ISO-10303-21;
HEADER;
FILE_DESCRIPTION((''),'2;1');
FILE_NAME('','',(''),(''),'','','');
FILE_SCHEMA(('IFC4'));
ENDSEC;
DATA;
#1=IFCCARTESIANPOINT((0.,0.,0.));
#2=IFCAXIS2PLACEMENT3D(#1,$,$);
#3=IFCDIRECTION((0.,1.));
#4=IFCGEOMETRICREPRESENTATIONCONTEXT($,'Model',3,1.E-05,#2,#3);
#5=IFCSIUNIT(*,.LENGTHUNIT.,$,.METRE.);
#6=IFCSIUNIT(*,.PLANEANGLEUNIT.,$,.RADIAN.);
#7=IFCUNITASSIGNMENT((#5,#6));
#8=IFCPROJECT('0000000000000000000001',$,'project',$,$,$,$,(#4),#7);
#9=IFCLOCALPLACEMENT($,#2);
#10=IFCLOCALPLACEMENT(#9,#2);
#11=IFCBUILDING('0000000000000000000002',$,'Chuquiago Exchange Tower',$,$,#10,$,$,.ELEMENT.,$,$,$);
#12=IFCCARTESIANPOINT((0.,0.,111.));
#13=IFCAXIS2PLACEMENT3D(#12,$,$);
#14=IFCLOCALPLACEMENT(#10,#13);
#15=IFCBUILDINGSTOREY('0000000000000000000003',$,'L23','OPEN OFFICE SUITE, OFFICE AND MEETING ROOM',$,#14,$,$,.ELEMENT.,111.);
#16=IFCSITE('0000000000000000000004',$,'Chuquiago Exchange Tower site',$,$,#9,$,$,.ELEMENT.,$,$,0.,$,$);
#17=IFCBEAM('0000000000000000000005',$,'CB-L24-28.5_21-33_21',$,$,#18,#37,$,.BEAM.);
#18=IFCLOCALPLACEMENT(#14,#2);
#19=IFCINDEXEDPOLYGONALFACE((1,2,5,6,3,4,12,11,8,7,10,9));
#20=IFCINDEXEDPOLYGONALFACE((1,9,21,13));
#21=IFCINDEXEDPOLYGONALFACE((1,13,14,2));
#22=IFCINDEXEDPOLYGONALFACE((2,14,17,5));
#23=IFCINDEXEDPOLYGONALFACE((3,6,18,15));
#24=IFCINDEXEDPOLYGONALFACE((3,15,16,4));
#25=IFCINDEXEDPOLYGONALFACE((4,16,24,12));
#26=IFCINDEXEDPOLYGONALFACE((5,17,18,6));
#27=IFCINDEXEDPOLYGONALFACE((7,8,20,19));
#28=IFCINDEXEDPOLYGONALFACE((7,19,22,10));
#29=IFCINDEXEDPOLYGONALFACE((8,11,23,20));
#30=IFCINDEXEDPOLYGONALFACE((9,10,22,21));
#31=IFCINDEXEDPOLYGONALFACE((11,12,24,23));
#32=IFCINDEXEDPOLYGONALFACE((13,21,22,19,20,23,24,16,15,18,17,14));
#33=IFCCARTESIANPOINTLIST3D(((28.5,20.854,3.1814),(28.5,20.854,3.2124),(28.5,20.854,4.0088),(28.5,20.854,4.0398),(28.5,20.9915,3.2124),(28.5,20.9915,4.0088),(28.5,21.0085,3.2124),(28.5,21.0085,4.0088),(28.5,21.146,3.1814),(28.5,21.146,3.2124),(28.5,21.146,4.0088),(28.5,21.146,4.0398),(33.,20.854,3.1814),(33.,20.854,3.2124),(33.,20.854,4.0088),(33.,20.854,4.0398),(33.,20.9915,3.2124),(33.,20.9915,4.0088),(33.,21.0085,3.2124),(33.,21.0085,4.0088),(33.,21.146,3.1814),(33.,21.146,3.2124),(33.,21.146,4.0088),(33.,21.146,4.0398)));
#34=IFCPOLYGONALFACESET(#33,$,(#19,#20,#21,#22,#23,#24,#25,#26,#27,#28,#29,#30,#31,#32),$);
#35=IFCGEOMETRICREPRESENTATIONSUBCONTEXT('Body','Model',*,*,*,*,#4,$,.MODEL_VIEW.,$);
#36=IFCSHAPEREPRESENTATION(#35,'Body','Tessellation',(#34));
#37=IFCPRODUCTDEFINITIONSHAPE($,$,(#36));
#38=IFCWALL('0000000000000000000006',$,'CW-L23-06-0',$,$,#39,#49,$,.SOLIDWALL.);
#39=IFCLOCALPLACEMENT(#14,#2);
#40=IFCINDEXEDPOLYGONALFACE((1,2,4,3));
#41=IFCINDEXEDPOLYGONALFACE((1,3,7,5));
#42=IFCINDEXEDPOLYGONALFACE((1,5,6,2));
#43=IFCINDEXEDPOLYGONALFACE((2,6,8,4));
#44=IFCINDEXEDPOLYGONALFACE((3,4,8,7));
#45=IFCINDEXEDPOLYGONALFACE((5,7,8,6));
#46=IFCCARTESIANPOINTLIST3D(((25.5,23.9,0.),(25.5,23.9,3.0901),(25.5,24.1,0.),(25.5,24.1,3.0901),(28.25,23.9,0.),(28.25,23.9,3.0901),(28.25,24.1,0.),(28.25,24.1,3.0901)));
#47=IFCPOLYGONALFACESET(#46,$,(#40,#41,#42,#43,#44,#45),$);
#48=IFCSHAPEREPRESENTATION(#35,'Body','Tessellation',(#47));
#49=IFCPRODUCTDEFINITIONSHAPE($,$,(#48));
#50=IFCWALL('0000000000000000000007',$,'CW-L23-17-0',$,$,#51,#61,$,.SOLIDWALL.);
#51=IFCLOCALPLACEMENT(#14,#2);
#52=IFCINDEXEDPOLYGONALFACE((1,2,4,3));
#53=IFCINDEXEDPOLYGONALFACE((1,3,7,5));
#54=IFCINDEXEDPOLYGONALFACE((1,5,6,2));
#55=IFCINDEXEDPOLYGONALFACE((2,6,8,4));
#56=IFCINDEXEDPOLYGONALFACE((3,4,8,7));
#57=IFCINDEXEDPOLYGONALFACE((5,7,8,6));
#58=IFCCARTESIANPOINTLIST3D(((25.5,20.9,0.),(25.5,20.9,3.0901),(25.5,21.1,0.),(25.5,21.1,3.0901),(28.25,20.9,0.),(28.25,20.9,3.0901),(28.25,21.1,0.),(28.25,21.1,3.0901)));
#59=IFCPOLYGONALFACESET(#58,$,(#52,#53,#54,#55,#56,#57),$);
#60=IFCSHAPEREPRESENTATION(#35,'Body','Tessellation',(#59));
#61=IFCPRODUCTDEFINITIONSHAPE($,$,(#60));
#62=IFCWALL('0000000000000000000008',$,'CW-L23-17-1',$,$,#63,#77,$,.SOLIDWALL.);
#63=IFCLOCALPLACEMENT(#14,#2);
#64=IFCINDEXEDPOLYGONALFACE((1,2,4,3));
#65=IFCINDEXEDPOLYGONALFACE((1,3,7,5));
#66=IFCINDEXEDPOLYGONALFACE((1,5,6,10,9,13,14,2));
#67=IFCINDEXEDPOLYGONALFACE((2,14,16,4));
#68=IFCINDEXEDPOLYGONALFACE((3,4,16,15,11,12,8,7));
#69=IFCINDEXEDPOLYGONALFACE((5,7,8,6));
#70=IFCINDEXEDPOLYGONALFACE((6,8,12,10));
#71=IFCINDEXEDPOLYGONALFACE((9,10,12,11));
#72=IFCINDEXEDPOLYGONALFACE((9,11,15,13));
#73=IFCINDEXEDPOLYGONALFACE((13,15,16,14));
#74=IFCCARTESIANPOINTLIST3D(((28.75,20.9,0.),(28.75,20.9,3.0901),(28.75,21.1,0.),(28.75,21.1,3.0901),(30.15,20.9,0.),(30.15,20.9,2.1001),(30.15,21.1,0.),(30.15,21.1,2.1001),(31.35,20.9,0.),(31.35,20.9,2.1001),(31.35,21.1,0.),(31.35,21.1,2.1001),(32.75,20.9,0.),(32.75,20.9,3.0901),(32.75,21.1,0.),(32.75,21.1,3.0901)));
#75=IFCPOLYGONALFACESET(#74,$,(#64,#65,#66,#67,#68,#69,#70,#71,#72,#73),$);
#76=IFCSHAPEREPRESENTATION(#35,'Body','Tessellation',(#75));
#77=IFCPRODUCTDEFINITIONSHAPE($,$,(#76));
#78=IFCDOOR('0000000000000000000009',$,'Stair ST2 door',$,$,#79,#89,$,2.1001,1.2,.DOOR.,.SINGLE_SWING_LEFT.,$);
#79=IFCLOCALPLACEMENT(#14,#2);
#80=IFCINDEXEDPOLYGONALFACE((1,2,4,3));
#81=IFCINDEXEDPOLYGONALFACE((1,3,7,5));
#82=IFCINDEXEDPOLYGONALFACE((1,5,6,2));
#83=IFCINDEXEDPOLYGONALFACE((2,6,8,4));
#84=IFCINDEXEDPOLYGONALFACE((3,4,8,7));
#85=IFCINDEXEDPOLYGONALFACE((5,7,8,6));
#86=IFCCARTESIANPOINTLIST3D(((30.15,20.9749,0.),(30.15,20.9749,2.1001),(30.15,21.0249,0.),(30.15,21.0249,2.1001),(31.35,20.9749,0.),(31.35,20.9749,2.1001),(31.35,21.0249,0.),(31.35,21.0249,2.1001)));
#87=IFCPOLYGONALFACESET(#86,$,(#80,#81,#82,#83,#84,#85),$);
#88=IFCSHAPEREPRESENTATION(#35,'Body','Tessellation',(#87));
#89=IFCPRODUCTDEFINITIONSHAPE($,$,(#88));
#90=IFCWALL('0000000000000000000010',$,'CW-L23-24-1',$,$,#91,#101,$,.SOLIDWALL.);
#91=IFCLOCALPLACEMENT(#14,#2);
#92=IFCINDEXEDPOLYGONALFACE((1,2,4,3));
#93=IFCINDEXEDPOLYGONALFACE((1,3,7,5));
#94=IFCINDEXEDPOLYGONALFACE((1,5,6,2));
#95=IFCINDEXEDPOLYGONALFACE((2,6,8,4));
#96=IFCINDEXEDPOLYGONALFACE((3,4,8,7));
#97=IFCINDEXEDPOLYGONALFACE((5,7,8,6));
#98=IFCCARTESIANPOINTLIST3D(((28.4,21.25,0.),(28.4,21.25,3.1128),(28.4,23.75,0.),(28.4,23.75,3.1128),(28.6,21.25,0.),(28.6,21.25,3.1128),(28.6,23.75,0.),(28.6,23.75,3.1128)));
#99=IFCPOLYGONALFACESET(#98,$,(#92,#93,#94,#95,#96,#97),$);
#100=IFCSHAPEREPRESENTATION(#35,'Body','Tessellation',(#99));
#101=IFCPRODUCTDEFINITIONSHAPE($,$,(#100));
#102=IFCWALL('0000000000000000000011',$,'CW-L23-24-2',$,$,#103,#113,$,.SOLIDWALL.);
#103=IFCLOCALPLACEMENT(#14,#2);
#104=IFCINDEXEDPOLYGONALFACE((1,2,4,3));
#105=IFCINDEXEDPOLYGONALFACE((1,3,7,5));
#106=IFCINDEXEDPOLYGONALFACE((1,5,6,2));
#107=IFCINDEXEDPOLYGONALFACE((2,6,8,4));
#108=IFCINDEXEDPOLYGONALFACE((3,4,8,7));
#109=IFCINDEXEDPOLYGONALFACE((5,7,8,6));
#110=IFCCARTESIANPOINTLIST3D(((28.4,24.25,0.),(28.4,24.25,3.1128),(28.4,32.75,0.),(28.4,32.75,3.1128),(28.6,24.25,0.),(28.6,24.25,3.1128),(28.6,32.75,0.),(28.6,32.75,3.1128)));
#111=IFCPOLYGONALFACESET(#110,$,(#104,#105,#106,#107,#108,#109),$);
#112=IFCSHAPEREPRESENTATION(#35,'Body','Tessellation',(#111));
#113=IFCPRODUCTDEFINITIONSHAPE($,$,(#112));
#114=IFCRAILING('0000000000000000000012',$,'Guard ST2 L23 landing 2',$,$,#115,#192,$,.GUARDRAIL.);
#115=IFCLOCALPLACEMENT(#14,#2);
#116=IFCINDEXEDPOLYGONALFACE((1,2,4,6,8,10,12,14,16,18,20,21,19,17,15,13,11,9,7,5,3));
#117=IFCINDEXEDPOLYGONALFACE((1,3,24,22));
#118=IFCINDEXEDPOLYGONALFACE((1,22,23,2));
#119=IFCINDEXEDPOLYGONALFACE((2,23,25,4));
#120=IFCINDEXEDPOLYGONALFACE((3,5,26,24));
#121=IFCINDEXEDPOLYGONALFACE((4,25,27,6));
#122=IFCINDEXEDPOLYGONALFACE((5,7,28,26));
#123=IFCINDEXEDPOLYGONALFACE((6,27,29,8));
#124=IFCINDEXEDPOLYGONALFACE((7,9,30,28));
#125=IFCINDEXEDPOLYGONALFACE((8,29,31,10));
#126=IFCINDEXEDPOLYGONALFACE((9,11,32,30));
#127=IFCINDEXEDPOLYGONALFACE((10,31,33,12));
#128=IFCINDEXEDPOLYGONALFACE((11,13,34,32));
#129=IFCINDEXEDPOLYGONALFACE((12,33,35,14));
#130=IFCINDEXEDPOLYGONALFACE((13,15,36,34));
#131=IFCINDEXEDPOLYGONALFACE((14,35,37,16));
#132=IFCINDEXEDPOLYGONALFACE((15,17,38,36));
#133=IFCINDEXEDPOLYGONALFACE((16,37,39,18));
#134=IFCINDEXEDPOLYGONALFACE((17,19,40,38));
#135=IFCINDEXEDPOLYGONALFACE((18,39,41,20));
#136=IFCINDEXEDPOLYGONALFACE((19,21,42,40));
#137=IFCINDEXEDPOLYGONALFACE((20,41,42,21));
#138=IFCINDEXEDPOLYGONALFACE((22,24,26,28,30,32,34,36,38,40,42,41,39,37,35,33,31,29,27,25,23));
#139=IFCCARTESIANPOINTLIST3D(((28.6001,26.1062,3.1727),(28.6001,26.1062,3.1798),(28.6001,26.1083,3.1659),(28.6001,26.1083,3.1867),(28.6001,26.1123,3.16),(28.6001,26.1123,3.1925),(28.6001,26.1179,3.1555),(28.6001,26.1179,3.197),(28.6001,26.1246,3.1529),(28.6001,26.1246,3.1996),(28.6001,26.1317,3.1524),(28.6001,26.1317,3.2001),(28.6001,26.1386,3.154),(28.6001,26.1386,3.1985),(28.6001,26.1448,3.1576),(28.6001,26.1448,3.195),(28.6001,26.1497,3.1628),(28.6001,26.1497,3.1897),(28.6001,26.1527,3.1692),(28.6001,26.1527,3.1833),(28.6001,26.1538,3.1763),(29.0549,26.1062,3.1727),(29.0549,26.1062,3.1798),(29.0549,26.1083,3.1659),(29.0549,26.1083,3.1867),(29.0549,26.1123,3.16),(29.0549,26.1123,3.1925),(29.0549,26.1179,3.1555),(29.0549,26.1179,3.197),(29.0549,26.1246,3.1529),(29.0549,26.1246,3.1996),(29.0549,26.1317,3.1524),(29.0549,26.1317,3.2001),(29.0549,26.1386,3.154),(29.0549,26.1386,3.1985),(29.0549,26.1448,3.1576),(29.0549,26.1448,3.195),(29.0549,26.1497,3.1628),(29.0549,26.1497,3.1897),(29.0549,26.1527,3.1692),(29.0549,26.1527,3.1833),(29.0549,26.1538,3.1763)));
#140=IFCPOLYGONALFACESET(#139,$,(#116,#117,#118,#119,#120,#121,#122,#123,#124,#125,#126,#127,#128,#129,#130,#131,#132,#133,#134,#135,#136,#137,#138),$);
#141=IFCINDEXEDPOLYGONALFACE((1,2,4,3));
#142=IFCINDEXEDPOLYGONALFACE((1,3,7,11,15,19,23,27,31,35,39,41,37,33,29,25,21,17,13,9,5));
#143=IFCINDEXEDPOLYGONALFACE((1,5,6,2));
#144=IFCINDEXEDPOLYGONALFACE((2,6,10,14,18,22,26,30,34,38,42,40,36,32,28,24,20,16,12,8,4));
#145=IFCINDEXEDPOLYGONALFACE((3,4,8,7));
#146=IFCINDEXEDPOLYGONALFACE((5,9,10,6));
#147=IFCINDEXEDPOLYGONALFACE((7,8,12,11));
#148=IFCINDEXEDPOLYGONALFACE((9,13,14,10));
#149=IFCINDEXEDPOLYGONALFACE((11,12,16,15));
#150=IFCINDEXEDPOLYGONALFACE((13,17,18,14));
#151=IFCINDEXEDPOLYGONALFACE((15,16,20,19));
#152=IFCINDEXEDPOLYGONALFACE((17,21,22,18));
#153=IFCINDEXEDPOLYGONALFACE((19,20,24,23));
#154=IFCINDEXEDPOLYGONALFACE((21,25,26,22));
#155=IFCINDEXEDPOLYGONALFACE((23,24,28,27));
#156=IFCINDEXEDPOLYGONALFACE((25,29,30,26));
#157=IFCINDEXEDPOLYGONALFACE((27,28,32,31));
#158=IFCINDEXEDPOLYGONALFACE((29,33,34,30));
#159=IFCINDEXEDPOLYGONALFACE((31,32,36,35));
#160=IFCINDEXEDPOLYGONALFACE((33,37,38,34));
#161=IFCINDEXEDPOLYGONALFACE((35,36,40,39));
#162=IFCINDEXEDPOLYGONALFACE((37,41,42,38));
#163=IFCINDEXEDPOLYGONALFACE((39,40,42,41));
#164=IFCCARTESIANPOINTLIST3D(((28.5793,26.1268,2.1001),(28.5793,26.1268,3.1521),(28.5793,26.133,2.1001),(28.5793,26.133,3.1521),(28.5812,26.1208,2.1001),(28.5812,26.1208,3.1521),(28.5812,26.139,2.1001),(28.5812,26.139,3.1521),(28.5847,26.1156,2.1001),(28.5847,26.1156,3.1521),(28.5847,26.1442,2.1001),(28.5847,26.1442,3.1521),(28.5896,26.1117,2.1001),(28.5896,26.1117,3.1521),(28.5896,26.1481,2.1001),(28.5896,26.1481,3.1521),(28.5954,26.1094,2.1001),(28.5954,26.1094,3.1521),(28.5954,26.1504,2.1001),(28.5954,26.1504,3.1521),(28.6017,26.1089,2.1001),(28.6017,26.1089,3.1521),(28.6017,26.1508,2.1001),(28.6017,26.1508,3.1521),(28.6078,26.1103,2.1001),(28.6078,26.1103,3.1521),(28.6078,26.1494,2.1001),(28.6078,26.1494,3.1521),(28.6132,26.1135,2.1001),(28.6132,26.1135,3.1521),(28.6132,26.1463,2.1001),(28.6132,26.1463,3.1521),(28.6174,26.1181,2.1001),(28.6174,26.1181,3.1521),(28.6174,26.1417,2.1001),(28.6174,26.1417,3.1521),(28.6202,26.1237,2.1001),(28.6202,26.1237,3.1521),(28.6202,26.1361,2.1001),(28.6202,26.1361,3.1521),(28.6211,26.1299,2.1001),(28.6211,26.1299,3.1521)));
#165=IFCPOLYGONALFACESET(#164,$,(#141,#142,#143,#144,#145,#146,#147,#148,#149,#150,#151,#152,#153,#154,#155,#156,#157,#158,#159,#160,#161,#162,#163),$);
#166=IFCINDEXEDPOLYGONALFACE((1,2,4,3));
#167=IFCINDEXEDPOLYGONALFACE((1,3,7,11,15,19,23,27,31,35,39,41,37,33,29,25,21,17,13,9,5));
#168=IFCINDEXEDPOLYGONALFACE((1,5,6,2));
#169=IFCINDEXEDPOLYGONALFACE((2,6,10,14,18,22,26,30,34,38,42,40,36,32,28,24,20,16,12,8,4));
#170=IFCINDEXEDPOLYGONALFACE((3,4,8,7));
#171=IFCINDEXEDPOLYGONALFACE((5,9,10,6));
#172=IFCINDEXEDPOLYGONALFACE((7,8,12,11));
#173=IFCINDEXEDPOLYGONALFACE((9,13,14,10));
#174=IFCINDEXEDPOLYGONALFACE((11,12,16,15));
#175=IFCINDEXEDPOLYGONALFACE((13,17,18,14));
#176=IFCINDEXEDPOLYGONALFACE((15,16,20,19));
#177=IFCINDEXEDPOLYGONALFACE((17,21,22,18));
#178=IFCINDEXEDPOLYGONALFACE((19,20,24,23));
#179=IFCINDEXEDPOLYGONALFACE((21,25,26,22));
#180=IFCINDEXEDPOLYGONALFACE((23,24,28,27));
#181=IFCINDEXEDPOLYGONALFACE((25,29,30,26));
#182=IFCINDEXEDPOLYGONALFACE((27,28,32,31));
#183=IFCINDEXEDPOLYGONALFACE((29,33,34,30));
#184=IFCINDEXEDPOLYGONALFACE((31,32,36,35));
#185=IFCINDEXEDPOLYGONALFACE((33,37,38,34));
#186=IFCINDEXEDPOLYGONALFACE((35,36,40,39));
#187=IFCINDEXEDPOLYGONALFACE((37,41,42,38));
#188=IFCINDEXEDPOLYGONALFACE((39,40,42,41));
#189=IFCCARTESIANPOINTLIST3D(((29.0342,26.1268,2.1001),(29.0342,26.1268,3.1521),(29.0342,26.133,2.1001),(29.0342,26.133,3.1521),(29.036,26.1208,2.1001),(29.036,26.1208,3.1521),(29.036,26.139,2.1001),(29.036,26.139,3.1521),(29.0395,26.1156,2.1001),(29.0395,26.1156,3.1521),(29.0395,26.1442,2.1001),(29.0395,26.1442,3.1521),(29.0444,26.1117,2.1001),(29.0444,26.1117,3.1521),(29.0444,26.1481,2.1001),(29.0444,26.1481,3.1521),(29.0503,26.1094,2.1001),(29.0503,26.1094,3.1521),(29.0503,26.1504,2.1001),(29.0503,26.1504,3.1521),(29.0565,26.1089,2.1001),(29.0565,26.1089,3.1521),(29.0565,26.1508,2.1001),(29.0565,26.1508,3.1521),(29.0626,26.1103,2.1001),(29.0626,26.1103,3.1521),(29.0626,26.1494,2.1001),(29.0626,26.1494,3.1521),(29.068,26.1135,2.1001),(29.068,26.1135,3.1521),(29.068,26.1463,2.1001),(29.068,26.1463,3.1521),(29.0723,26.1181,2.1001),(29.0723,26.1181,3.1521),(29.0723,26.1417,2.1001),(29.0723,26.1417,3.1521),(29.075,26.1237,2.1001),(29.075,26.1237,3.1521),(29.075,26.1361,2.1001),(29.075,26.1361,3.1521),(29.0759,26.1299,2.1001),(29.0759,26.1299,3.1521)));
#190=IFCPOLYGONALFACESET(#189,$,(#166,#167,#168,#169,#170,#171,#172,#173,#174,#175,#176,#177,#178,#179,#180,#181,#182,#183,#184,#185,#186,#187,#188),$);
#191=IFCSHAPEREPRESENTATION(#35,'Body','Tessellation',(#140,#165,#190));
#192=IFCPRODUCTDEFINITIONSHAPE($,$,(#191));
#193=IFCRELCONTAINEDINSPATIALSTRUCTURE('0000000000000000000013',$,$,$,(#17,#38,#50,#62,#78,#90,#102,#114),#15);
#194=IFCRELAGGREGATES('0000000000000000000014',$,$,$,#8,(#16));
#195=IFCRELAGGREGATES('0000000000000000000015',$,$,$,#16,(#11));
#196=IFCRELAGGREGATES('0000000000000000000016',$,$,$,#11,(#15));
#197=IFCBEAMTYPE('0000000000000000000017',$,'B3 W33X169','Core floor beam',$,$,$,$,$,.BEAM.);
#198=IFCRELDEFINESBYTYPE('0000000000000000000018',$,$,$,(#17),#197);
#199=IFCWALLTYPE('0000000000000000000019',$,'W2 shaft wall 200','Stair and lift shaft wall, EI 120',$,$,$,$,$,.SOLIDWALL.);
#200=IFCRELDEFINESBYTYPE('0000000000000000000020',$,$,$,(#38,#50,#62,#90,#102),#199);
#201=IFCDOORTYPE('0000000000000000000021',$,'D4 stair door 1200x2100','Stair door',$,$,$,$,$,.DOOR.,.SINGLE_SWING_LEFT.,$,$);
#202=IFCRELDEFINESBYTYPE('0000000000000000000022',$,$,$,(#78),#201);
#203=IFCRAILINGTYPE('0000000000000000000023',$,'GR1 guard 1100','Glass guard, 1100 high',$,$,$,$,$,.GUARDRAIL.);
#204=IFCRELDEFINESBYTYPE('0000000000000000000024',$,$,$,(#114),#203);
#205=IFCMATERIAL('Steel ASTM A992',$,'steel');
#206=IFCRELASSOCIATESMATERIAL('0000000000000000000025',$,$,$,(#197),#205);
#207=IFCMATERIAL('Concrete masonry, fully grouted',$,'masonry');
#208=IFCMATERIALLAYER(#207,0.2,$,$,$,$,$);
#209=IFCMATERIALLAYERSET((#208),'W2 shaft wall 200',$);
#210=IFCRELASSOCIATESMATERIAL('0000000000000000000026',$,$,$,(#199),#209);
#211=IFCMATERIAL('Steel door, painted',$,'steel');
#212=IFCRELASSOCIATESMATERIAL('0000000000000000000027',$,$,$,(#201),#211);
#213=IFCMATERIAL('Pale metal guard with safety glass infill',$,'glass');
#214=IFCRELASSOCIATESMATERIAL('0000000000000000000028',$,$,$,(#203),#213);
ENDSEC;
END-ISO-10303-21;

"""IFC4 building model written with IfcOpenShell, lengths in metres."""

from ifc_helpers import new_model, si_unit, direction, frame, frame_2d, origin, origin_2d, place, context, subcontext, project, spatial, rectangle, circle, i_section, extrude, material, layer, layer_set, material_profile, profile_set, type_object, element, fill, save


model = new_model("IFC4")

# Units and contexts
model_context = context("Model", 3, precision=1e-05, world=origin(), true_north=direction((0.0, 1.0)))
body_context = subcontext(model_context, "Body", "Model", "MODEL_VIEW")
ifc_project = project(units=[si_unit("LENGTHUNIT", "METRE"), si_unit("PLANEANGLEUNIT", "RADIAN")], contexts=[model_context])

# Site, building, storey
site_placement = place(None, origin())
site = spatial("IfcSite", under=ifc_project, at=site_placement, Name="Chuquiago Exchange Tower site", CompositionType="ELEMENT", RefElevation=0.0)
building_placement = place(site_placement, origin())
building = spatial("IfcBuilding", under=site, at=building_placement, Name="Chuquiago Exchange Tower", CompositionType="ELEMENT")
storey_placement = place(building_placement, frame((0.0, 0.0, 111.0)))
storey = spatial("IfcBuildingStorey", under=building, at=storey_placement, Name="L23", Description="OPEN OFFICE SUITE, OFFICE AND MEETING ROOM", CompositionType="ELEMENT", Elevation=111.0)

# Beam
ifc_material_1 = material(Name="Steel ASTM A992", Category="steel")
ifc_material_profile_1 = material_profile(ifc_material_1, i_section(OverallWidth=0.292, OverallDepth=0.8584, WebThickness=0.0171, FlangeThickness=0.031, at=origin_2d()), Name="W33X169")
ifc_profile_set_1 = profile_set([ifc_material_profile_1], Name="Steel ASTM A992")
beam_type_1 = type_object("IfcBeamType", Name="B3 W33X169", Description="Core floor beam", PredefinedType="BEAM", material=ifc_profile_set_1)
beam_1_placement = place(storey_placement, frame((28.5, 21.0, 3.6106), z_axis=(1.0, 0.0, 0.0), x_axis=(0.0, 1.0, 0.0)))
element("IfcBeam", 1, at=beam_1_placement, inside=storey, type_object=beam_type_1, Name="CB-L24-28.5_21-33_21", PredefinedType="BEAM", context=body_context, shape_type="SweptSolid", body=[
    extrude(i_section(OverallWidth=0.292, OverallDepth=0.8584, WebThickness=0.0171, FlangeThickness=0.031, at=origin_2d()), origin(), (0.0, 0.0, 1.0), 4.5),
])

# Walls
ifc_material_2 = material(Name="Concrete masonry, fully grouted", Category="masonry")
ifc_layer = layer(ifc_material_2, 0.2)
ifc_layer_set = layer_set([ifc_layer], Name="W2 shaft wall 200")
wall_type = type_object("IfcWallType", Name="W2 shaft wall 200", Description="Stair and lift shaft wall, EI 120", PredefinedType="SOLIDWALL", material=ifc_layer_set)
for number, where, z_axis, x_axis, name in (
    (2, (25.5, 24.0, 0.0), (0.0, 0.0, 1.0), (1.0, 0.0, 0.0), "CW-L23-06-0"),
    (3, (25.5, 21.0, 0.0), (0.0, 0.0, 1.0), (1.0, 0.0, 0.0), "CW-L23-17-0"),
):
    element("IfcWall", number, at=place(storey_placement, frame(where, z_axis=z_axis, x_axis=x_axis)), inside=storey, type_object=wall_type, Name=name, PredefinedType="SOLIDWALL", context=body_context, shape_type="SweptSolid", body=[
        extrude(rectangle(XDim=2.75, YDim=0.2, at=frame_2d((1.375, 0.0))), origin(), (0.0, 0.0, 1.0), 3.0901),
    ])

# Wall, opening, door
wall_1_placement = place(storey_placement, frame((28.75, 21.0, 0.0), z_axis=(0.0, 0.0, 1.0), x_axis=(1.0, 0.0, 0.0)))
wall_1 = element("IfcWall", 4, at=wall_1_placement, inside=storey, type_object=wall_type, Name="CW-L23-17-1", PredefinedType="SOLIDWALL", context=body_context, shape_type="SweptSolid", body=[
    extrude(rectangle(XDim=4.0, YDim=0.2, at=frame_2d((2.0, 0.0))), origin(), (0.0, 0.0, 1.0), 3.0901),
])
opening_placement = place(wall_1_placement, frame((1.3999, 0.0, 0.0)))
opening = element("IfcOpeningElement", 5, at=opening_placement, cuts=wall_1, PredefinedType="OPENING", context=body_context, shape_type="SweptSolid", body=[
    extrude(rectangle(XDim=1.2, YDim=2.1001, at=frame_2d((0.6001, 1.05))), frame((0.0, 0.1099, 0.0), z_axis=(0.0, -1.0, 0.0), x_axis=(1.0, 0.0, 0.0)), (0.0, 0.0, 1.0), 0.22),
])
ifc_material_3 = material(Name="Steel door, painted", Category="steel")
door_type = type_object("IfcDoorType", Name="D4 stair door 1200x2100", Description="Stair door", OperationType="SINGLE_SWING_LEFT", PredefinedType="DOOR", material=ifc_material_3)
door_placement = place(opening_placement, origin())
door = element("IfcDoor", 6, at=door_placement, inside=storey, type_object=door_type, Name="Stair ST2 door", OperationType="SINGLE_SWING_LEFT", OverallHeight=2.1001, OverallWidth=1.2, PredefinedType="DOOR", context=body_context, shape_type="SweptSolid", body=[
    extrude(rectangle(XDim=1.2, YDim=2.1001, at=frame_2d((0.6001, 1.05))), frame((0.0, 0.0249, 0.0), z_axis=(0.0, -1.0, 0.0), x_axis=(1.0, 0.0, 0.0)), (0.0, 0.0, 1.0), 0.05),
])
fill(opening, door)

# Walls
wall_2_placement = place(storey_placement, frame((28.5, 21.25, 0.0), z_axis=(0.0, 0.0, 1.0), x_axis=(0.0, 1.0, 0.0)))
element("IfcWall", 7, at=wall_2_placement, inside=storey, type_object=wall_type, Name="CW-L23-24-1", PredefinedType="SOLIDWALL", context=body_context, shape_type="SweptSolid", body=[
    extrude(rectangle(XDim=2.5, YDim=0.2, at=frame_2d((1.25, 0.0))), origin(), (0.0, 0.0, 1.0), 3.1128),
])
wall_3_placement = place(storey_placement, frame((28.5, 24.25, 0.0), z_axis=(0.0, 0.0, 1.0), x_axis=(0.0, 1.0, 0.0)))
element("IfcWall", 8, at=wall_3_placement, inside=storey, type_object=wall_type, Name="CW-L23-24-2", PredefinedType="SOLIDWALL", context=body_context, shape_type="SweptSolid", body=[
    extrude(rectangle(XDim=8.5, YDim=0.2, at=frame_2d((4.25, 0.0))), origin(), (0.0, 0.0, 1.0), 3.1128),
])

# Railing
ifc_material_4 = material(Name="Pale metal guard with safety glass infill", Category="glass")
railing_type_1 = type_object("IfcRailingType", Name="GR1 guard 1100", Description="Glass guard, 1100 high", PredefinedType="GUARDRAIL", material=ifc_material_4)
railing_1_placement = place(storey_placement, frame((28.6001, 26.1299, 2.1001)))
element("IfcRailing", 9, at=railing_1_placement, inside=storey, type_object=railing_type_1, Name="Guard ST2 L23 landing 2", PredefinedType="GUARDRAIL", context=body_context, shape_type="SweptSolid", body=[
    extrude(circle(Radius=0.0239, at=origin_2d()), frame((0.0, 0.0, 1.0762), z_axis=(1.0, 0.0, 0.0), x_axis=(0.0, 1.0, 0.0)), (0.0, 0.0, 1.0), 0.4548),
    extrude(circle(Radius=0.021, at=origin_2d()), origin(), (0.0, 0.0, 1.0), 1.052),
    extrude(circle(Radius=0.021, at=origin_2d()), frame((0.4548, 0.0, 0.0)), (0.0, 0.0, 1.0), 1.052),
])

save(model, "model.ifc")
